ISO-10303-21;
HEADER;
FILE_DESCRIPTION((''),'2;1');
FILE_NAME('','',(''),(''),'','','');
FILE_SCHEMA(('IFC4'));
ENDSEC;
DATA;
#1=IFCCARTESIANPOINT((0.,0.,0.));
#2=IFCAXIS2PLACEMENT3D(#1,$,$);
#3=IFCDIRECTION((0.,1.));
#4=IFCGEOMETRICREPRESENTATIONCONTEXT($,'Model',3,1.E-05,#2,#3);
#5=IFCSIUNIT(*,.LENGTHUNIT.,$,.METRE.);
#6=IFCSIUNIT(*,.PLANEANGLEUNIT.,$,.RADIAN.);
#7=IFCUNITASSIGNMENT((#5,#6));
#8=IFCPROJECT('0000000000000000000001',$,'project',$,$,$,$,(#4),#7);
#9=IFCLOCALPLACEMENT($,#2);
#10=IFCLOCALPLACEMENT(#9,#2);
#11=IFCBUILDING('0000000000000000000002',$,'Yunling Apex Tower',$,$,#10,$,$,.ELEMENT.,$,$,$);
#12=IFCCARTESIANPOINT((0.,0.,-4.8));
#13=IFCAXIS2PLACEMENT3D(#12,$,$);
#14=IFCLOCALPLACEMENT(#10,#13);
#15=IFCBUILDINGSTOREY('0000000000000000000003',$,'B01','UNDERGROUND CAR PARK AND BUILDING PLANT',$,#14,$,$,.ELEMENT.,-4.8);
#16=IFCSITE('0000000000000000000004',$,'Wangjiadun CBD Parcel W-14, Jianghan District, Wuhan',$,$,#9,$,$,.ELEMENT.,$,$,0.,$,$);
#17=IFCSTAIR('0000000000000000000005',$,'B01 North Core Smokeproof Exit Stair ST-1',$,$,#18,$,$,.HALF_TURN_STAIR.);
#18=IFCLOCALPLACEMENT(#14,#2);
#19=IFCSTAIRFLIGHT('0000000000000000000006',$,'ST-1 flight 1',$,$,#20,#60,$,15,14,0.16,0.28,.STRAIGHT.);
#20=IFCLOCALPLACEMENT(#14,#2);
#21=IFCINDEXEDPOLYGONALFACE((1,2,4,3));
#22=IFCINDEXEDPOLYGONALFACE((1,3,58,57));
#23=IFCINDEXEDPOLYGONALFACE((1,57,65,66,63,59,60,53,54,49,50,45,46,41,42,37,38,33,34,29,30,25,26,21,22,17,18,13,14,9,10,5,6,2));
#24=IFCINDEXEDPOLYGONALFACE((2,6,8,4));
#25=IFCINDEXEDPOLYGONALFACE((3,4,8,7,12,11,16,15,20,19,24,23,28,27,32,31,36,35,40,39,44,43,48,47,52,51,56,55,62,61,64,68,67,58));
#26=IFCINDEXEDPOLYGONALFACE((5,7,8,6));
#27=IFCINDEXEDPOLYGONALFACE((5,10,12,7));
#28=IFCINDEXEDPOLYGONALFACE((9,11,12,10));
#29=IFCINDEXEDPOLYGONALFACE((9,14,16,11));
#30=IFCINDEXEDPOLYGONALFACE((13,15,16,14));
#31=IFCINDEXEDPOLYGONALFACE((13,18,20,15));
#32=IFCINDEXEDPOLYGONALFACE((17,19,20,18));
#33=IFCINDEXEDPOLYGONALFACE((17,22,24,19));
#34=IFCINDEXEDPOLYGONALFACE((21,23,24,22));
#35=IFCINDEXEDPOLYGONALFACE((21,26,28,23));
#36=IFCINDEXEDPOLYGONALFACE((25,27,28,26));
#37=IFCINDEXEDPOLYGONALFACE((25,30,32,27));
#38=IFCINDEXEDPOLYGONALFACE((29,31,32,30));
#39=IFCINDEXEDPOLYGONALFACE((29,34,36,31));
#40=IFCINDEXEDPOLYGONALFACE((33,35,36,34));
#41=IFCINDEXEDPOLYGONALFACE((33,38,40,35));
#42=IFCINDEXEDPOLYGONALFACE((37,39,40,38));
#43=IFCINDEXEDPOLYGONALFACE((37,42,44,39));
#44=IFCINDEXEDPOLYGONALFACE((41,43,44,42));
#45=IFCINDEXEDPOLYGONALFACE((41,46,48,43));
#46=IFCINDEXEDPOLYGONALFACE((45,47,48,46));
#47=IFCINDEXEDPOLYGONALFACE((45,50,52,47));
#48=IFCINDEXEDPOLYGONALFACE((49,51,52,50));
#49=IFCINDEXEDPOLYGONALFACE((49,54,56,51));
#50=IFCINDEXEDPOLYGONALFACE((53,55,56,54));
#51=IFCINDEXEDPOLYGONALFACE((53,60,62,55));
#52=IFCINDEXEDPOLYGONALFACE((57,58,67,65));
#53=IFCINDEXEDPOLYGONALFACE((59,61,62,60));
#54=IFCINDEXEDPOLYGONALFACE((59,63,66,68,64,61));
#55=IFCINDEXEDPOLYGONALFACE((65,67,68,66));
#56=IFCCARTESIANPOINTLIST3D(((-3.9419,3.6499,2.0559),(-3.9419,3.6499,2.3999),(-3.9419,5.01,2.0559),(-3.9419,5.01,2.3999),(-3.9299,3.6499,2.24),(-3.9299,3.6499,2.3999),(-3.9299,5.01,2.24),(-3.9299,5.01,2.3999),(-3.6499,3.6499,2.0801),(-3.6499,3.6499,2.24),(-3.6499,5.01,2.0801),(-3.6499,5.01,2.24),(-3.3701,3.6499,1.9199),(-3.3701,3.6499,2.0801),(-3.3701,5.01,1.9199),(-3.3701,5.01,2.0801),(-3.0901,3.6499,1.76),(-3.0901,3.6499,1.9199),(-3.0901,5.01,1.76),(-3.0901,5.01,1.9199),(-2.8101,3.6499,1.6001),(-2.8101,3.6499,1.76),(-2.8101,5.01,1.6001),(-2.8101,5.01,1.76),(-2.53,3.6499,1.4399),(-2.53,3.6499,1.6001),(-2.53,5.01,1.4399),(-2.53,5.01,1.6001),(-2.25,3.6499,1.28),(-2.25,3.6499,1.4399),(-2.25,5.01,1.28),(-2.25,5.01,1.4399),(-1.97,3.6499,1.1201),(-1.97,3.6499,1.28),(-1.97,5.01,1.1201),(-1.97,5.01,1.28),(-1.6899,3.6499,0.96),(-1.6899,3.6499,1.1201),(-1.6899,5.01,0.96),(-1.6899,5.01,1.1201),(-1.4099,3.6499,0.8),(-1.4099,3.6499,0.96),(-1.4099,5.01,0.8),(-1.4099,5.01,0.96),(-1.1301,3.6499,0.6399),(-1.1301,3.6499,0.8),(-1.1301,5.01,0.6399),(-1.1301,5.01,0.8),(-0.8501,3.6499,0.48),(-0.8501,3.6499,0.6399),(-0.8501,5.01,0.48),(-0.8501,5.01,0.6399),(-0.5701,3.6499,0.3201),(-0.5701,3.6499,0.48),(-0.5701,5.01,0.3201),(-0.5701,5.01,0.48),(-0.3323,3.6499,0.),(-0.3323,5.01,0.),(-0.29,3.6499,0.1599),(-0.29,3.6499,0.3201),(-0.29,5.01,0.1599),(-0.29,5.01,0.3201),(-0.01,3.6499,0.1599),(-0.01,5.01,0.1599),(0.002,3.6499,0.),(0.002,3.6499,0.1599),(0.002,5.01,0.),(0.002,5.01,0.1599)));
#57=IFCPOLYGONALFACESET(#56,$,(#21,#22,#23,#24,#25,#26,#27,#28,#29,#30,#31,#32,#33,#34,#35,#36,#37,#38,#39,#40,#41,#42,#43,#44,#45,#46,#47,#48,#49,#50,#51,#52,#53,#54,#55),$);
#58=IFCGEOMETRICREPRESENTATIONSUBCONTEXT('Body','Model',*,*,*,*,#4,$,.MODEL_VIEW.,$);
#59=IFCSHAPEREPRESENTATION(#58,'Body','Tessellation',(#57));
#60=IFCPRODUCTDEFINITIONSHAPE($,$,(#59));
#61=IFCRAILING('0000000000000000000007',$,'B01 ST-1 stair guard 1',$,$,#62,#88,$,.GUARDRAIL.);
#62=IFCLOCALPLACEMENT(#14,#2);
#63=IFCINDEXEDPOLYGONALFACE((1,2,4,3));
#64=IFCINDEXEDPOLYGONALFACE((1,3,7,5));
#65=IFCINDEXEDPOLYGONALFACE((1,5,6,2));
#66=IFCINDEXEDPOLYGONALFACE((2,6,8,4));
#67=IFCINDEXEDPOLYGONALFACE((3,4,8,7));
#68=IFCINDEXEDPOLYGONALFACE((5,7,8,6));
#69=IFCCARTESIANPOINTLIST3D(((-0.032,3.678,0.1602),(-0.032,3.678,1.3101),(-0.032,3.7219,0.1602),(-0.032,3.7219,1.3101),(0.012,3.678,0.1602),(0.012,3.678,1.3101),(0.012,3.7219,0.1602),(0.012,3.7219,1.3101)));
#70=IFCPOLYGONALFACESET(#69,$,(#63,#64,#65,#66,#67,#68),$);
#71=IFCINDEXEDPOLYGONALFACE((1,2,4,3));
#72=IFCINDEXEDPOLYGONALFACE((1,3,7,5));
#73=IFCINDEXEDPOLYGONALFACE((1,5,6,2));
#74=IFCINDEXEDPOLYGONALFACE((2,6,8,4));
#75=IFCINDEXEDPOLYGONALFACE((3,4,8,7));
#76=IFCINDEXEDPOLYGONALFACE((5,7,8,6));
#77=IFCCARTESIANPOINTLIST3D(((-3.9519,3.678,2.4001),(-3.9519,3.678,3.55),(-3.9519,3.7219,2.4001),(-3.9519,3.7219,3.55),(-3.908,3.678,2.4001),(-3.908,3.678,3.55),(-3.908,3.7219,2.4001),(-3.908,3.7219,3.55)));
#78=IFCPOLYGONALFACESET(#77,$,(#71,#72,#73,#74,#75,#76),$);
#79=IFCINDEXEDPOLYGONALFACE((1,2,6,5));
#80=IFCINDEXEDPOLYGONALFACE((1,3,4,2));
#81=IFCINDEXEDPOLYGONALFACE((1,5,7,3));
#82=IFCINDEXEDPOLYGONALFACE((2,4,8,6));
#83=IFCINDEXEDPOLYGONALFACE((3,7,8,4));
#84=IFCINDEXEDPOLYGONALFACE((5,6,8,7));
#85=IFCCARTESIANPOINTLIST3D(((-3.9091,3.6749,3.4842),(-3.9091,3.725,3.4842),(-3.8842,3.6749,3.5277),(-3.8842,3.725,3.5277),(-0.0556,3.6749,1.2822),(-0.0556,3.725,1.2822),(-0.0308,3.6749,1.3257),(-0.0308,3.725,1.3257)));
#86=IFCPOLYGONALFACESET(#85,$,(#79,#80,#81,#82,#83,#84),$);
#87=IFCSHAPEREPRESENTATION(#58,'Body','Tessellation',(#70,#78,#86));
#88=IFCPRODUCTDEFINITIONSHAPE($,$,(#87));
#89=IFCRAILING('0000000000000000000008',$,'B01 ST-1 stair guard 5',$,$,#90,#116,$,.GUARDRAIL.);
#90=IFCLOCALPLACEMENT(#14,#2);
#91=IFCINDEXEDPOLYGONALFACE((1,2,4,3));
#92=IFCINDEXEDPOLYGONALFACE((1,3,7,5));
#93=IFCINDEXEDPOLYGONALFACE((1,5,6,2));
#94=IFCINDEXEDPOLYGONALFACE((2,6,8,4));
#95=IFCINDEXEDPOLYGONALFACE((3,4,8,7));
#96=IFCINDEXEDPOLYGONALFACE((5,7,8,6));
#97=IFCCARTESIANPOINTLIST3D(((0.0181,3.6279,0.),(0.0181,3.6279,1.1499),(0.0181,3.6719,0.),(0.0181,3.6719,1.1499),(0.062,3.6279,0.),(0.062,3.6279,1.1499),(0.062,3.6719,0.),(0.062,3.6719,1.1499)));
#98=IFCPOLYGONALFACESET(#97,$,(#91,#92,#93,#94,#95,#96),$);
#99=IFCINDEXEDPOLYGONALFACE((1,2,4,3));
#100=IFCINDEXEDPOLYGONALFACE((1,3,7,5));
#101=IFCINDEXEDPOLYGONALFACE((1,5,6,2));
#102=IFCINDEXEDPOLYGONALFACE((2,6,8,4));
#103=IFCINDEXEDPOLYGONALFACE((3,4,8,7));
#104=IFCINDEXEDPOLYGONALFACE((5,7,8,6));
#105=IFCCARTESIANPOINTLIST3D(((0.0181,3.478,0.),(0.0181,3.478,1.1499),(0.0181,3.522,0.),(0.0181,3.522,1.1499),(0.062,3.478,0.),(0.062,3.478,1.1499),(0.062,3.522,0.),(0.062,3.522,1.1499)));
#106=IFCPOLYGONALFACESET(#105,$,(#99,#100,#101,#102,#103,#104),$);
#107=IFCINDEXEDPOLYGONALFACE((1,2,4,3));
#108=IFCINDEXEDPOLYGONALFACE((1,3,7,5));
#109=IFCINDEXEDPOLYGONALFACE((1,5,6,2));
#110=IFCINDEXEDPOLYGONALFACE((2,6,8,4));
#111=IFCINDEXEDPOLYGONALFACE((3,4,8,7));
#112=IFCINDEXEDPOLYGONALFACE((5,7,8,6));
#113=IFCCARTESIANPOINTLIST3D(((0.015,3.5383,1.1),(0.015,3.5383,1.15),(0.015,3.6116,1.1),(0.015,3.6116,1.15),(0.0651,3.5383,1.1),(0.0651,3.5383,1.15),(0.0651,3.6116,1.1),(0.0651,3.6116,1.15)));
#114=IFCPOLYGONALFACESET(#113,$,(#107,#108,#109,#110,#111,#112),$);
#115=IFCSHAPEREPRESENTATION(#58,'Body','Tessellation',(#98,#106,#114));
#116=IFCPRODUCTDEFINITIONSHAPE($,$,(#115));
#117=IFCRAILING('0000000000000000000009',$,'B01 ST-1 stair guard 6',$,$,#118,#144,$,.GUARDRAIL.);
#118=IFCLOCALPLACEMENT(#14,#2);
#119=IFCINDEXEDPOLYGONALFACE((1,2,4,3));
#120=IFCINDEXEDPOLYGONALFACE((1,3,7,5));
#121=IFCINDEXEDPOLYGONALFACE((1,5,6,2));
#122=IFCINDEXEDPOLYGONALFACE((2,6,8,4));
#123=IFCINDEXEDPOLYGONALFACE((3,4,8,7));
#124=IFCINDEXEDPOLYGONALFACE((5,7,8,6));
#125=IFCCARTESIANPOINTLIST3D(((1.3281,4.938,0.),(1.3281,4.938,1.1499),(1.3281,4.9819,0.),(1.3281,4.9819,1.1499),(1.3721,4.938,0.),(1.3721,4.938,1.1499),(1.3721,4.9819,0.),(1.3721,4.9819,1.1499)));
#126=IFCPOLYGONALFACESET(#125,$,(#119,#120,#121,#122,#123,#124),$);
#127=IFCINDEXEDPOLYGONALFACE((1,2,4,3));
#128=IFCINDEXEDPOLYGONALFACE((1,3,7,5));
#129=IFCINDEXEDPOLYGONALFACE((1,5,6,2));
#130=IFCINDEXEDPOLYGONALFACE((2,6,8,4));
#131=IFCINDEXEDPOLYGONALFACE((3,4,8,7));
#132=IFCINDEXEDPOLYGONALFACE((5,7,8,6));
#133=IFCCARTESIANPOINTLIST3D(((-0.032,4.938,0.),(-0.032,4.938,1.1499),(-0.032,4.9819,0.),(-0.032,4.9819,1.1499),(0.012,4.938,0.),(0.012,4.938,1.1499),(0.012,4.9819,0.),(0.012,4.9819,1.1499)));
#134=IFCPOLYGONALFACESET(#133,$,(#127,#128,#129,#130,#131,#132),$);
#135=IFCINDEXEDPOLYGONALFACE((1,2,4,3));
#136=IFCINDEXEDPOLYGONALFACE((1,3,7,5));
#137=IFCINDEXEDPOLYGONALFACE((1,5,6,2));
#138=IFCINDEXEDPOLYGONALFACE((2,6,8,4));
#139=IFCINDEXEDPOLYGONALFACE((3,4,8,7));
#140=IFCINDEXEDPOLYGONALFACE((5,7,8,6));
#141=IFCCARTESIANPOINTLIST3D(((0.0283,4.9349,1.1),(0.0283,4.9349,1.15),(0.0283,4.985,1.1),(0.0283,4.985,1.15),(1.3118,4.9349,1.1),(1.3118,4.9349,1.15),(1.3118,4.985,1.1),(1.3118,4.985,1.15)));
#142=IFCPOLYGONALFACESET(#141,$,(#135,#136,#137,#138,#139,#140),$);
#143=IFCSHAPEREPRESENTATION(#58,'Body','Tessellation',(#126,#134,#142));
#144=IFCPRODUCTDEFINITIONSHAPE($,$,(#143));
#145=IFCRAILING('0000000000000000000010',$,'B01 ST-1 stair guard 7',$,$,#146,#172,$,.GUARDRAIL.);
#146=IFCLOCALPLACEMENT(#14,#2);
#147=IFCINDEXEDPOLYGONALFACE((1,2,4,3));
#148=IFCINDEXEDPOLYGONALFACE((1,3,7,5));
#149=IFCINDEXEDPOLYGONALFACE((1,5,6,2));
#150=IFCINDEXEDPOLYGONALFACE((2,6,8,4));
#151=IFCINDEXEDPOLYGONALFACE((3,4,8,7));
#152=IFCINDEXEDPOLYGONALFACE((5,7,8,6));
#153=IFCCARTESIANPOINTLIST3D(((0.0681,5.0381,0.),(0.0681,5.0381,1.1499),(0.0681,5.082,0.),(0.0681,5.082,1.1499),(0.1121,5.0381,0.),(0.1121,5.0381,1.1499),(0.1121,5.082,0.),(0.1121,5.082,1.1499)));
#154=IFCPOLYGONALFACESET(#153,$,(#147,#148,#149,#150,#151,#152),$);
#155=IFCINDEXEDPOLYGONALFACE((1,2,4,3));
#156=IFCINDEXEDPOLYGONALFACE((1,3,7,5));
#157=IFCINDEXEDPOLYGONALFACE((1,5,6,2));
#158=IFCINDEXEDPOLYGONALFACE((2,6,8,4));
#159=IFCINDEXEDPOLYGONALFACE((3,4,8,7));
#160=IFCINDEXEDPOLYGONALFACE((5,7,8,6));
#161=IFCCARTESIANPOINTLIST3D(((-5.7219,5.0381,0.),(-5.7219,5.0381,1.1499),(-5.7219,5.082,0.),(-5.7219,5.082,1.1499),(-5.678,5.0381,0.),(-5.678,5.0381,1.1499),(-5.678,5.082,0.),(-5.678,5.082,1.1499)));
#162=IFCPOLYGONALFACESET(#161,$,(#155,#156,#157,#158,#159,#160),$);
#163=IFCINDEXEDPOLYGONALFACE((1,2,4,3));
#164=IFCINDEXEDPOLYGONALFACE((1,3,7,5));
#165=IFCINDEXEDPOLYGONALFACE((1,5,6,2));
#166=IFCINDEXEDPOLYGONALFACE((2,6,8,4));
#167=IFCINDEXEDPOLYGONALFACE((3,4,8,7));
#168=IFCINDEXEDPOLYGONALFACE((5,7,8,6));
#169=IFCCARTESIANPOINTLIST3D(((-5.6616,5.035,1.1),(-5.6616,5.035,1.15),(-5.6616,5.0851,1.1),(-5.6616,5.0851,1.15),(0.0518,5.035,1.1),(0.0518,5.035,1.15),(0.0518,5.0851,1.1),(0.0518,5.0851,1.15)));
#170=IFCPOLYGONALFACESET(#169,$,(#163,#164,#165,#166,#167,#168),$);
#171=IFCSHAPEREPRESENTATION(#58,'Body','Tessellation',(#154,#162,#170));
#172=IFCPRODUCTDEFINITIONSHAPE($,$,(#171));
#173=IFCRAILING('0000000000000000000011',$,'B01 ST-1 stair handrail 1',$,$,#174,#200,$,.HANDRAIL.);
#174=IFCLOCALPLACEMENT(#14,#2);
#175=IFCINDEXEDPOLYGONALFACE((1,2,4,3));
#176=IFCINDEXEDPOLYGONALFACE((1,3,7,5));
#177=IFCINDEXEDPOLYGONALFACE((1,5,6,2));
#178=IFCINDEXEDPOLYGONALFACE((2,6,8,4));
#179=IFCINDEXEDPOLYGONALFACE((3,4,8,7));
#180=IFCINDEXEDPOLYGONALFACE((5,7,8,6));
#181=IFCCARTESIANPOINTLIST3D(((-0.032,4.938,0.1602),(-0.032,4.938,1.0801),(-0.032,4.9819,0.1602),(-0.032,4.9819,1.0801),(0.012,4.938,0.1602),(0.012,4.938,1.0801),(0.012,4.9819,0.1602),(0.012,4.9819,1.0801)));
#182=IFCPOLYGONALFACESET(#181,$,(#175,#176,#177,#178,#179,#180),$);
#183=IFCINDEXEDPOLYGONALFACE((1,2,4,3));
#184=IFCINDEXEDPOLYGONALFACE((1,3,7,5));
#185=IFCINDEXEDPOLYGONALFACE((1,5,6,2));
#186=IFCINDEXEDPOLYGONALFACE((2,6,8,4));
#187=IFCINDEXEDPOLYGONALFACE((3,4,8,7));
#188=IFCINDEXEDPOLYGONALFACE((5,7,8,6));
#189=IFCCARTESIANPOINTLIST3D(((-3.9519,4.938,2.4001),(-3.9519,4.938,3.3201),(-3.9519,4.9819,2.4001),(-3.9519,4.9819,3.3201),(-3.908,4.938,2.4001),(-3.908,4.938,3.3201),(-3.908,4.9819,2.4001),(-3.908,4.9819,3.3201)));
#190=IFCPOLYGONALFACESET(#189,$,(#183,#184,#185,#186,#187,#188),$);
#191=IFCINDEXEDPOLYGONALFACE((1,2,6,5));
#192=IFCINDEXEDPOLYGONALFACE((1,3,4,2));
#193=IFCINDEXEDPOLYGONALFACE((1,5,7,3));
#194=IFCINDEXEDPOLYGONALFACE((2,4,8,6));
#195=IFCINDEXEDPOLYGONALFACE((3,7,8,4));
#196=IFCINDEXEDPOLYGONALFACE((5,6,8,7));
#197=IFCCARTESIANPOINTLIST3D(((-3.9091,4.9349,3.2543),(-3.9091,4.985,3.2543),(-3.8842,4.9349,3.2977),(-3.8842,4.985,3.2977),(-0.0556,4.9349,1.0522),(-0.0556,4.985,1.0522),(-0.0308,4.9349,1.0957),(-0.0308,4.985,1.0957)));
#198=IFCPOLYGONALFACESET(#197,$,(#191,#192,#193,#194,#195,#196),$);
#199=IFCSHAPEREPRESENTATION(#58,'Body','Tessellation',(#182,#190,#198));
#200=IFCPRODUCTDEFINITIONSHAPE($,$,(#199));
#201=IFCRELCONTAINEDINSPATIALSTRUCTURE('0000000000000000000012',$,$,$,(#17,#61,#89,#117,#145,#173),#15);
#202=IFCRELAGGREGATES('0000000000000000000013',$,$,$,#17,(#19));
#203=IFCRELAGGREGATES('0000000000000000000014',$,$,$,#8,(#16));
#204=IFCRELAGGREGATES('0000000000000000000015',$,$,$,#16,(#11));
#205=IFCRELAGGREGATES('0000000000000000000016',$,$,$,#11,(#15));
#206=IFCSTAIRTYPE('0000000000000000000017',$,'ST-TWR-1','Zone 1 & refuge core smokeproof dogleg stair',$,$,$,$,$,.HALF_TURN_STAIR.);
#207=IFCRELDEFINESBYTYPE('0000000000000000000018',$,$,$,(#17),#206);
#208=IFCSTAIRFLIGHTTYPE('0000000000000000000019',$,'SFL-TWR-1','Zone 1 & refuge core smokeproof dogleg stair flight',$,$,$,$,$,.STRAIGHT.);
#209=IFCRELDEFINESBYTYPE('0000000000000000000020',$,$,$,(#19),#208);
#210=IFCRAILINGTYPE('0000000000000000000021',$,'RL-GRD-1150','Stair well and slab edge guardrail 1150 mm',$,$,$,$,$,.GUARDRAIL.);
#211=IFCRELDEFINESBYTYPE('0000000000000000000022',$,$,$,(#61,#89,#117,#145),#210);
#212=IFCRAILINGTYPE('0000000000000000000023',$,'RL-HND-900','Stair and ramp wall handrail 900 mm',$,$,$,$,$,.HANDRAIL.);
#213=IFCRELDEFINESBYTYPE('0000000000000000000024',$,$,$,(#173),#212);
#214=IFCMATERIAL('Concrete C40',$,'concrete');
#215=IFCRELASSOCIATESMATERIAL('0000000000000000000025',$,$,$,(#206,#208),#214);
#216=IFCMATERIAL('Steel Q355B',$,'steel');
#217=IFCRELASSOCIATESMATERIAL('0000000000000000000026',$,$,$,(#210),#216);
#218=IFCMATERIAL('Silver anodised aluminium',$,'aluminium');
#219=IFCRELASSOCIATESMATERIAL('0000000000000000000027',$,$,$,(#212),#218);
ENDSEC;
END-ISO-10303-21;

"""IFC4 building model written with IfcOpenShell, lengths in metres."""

from ifc_helpers import new_model, si_unit, direction, frame, origin, origin_2d, place, context, subcontext, project, spatial, polyline, rectangle, outline, extrude, material, type_object, element, aggregate, save


model = new_model("IFC4")

# Units and contexts
model_context = context("Model", 3, precision=1e-05, world=origin(), true_north=direction((0.0, 1.0)))
body_context = subcontext(model_context, "Body", "Model", "MODEL_VIEW")
ifc_project = project(units=[si_unit("LENGTHUNIT", "METRE"), si_unit("PLANEANGLEUNIT", "RADIAN")], contexts=[model_context])

# Site, building, storey
site_placement = place(None, origin())
site = spatial("IfcSite", under=ifc_project, at=site_placement, Name="Wangjiadun CBD Parcel W-14, Jianghan District, Wuhan", CompositionType="ELEMENT", RefElevation=0.0)
building_placement = place(site_placement, origin())
building = spatial("IfcBuilding", under=site, at=building_placement, Name="Yunling Apex Tower", CompositionType="ELEMENT")
storey_placement = place(building_placement, frame((0.0, 0.0, -4.8)))
storey = spatial("IfcBuildingStorey", under=building, at=storey_placement, Name="B01", Description="UNDERGROUND CAR PARK AND BUILDING PLANT", CompositionType="ELEMENT", Elevation=-4.8)

# Shared definitions
ifc_material_1 = material(Name="Steel Q355B", Category="steel")

# Shared definitions
ifc_material_2 = material(Name="Concrete C40", Category="concrete")

# Stair, stair flight
stair_type = type_object("IfcStairType", Name="ST-TWR-1", Description="Zone 1 & refuge core smokeproof dogleg stair", PredefinedType="HALF_TURN_STAIR", material=ifc_material_2)
stair_placement = place(storey_placement, origin())
stair = element("IfcStair", 1, at=stair_placement, inside=storey, type_object=stair_type, Name="B01 North Core Smokeproof Exit Stair ST-1", PredefinedType="HALF_TURN_STAIR")
stair_flight_type = type_object("IfcStairFlightType", Name="SFL-TWR-1", Description="Zone 1 & refuge core smokeproof dogleg stair flight", PredefinedType="STRAIGHT", material=ifc_material_2)
stair_flight_placement = place(storey_placement, frame((-0.01, 4.3301, 0.0), z_axis=(0.0, 0.0, 1.0), x_axis=(-1.0, 0.0, 0.0)))
stair_flight = element("IfcStairFlight", 2, at=stair_flight_placement, type_object=stair_flight_type, Name="ST-1 flight 1", NumberOfRisers=15, NumberOfTreads=14, PredefinedType="STRAIGHT", RiserHeight=0.16, TreadLength=0.28, context=body_context, shape_type="SweptSolid", body=[
    extrude(outline(polyline([(-0.012, 0.0), (-0.012, 0.1599), (0.0, 0.1599), (0.28, 0.1599), (0.28, 0.3201), (0.5601, 0.3201), (0.5601, 0.48), (0.8401, 0.48), (0.8401, 0.6399), (1.1201, 0.6399), (1.1201, 0.8), (1.3999, 0.8), (1.3999, 0.96), (1.6799, 0.96), (1.6799, 1.1201), (1.96, 1.1201), (1.96, 1.28), (2.24, 1.28), (2.24, 1.4399), (2.52, 1.4399), (2.52, 1.6001), (2.8, 1.6001), (2.8, 1.76), (3.0801, 1.76), (3.0801, 1.9199), (3.3601, 1.9199), (3.3601, 2.0801), (3.6399, 2.0801), (3.6399, 2.24), (3.9199, 2.24), (3.9199, 2.3999), (3.9319, 2.3999), (3.9319, 2.0559), (0.3223, 0.0), (-0.012, 0.0)])), frame((0.0, 0.6802, 0.0), z_axis=(0.0, -1.0, 0.0), x_axis=(1.0, 0.0, 0.0)), (0.0, 0.0, 1.0), 1.3601),
])
aggregate(stair, [stair_flight])

# Railings
railing_type_1 = type_object("IfcRailingType", Name="RL-GRD-1150", Description="Stair well and slab edge guardrail 1150 mm", PredefinedType="GUARDRAIL", material=ifc_material_1)
railing_1_placement = place(storey_placement, frame((-0.01, 3.7, 0.1602)))
element("IfcRailing", 3, at=railing_1_placement, inside=storey, type_object=railing_type_1, Name="B01 ST-1 stair guard 1", PredefinedType="GUARDRAIL", context=body_context, shape_type="SweptSolid", body=[
    extrude(rectangle(XDim=0.0439, YDim=0.0439, at=origin_2d()), origin(), (0.0, 0.0, 1.0), 1.1499),
    extrude(rectangle(XDim=0.0439, YDim=0.0439, at=origin_2d()), frame((-3.9199, 0.0, 2.24)), (0.0, 0.0, 1.0), 1.1499),
    extrude(rectangle(XDim=0.05, YDim=0.05, at=origin_2d()), frame((-0.0332, 0.0, 1.1438), z_axis=(-0.86824, 0.0, 0.496145), x_axis=(0.0, -1.0, 0.0)), (0.0, 0.0, 1.0), 4.4382),
])
railing_2_placement = place(storey_placement, frame((0.04, 3.6499, 0.0)))
element("IfcRailing", 4, at=railing_2_placement, inside=storey, type_object=railing_type_1, Name="B01 ST-1 stair guard 5", PredefinedType="GUARDRAIL", context=body_context, shape_type="SweptSolid", body=[
    extrude(rectangle(XDim=0.0439, YDim=0.0439, at=origin_2d()), origin(), (0.0, 0.0, 1.0), 1.1499),
    extrude(rectangle(XDim=0.0439, YDim=0.0439, at=origin_2d()), frame((0.0, -0.1499, 0.0)), (0.0, 0.0, 1.0), 1.1499),
    extrude(rectangle(XDim=0.05, YDim=0.05, at=origin_2d()), frame((0.0, -0.0383, 1.125), z_axis=(0.0, -1.0, 0.0), x_axis=(1.0, 0.0, 0.0)), (0.0, 0.0, 1.0), 0.0732),
])
railing_3_placement = place(storey_placement, frame((1.3501, 4.96, 0.0)))
element("IfcRailing", 5, at=railing_3_placement, inside=storey, type_object=railing_type_1, Name="B01 ST-1 stair guard 6", PredefinedType="GUARDRAIL", context=body_context, shape_type="SweptSolid", body=[
    extrude(rectangle(XDim=0.0439, YDim=0.0439, at=origin_2d()), origin(), (0.0, 0.0, 1.0), 1.1499),
    extrude(rectangle(XDim=0.0439, YDim=0.0439, at=origin_2d()), frame((-1.3601, 0.0, 0.0)), (0.0, 0.0, 1.0), 1.1499),
    extrude(rectangle(XDim=0.05, YDim=0.05, at=origin_2d()), frame((-0.0383, 0.0, 1.125), z_axis=(-1.0, 0.0, 0.0), x_axis=(0.0, -1.0, 0.0)), (0.0, 0.0, 1.0), 1.2834),
])
railing_4_placement = place(storey_placement, frame((0.0901, 5.0601, 0.0)))
element("IfcRailing", 6, at=railing_4_placement, inside=storey, type_object=railing_type_1, Name="B01 ST-1 stair guard 7", PredefinedType="GUARDRAIL", context=body_context, shape_type="SweptSolid", body=[
    extrude(rectangle(XDim=0.0439, YDim=0.0439, at=origin_2d()), origin(), (0.0, 0.0, 1.0), 1.1499),
    extrude(rectangle(XDim=0.0439, YDim=0.0439, at=origin_2d()), frame((-5.79, 0.0, 0.0)), (0.0, 0.0, 1.0), 1.1499),
    extrude(rectangle(XDim=0.05, YDim=0.05, at=origin_2d()), frame((-0.0383, 0.0, 1.125), z_axis=(-1.0, 0.0, 0.0), x_axis=(0.0, -1.0, 0.0)), (0.0, 0.0, 1.0), 5.7134),
])
ifc_material_3 = material(Name="Silver anodised aluminium", Category="aluminium")
railing_type_2 = type_object("IfcRailingType", Name="RL-HND-900", Description="Stair and ramp wall handrail 900 mm", PredefinedType="HANDRAIL", material=ifc_material_3)
railing_5_placement = place(storey_placement, frame((-0.01, 4.96, 0.1602)))
element("IfcRailing", 7, at=railing_5_placement, inside=storey, type_object=railing_type_2, Name="B01 ST-1 stair handrail 1", PredefinedType="HANDRAIL", context=body_context, shape_type="SweptSolid", body=[
    extrude(rectangle(XDim=0.0439, YDim=0.0439, at=origin_2d()), origin(), (0.0, 0.0, 1.0), 0.9199),
    extrude(rectangle(XDim=0.0439, YDim=0.0439, at=origin_2d()), frame((-3.9199, 0.0, 2.24)), (0.0, 0.0, 1.0), 0.9199),
    extrude(rectangle(XDim=0.05, YDim=0.05, at=origin_2d()), frame((-0.0332, 0.0, 0.9138), z_axis=(-0.86824, 0.0, 0.496145), x_axis=(0.0, -1.0, 0.0)), (0.0, 0.0, 1.0), 4.4382),
])

save(model, "model.ifc")
